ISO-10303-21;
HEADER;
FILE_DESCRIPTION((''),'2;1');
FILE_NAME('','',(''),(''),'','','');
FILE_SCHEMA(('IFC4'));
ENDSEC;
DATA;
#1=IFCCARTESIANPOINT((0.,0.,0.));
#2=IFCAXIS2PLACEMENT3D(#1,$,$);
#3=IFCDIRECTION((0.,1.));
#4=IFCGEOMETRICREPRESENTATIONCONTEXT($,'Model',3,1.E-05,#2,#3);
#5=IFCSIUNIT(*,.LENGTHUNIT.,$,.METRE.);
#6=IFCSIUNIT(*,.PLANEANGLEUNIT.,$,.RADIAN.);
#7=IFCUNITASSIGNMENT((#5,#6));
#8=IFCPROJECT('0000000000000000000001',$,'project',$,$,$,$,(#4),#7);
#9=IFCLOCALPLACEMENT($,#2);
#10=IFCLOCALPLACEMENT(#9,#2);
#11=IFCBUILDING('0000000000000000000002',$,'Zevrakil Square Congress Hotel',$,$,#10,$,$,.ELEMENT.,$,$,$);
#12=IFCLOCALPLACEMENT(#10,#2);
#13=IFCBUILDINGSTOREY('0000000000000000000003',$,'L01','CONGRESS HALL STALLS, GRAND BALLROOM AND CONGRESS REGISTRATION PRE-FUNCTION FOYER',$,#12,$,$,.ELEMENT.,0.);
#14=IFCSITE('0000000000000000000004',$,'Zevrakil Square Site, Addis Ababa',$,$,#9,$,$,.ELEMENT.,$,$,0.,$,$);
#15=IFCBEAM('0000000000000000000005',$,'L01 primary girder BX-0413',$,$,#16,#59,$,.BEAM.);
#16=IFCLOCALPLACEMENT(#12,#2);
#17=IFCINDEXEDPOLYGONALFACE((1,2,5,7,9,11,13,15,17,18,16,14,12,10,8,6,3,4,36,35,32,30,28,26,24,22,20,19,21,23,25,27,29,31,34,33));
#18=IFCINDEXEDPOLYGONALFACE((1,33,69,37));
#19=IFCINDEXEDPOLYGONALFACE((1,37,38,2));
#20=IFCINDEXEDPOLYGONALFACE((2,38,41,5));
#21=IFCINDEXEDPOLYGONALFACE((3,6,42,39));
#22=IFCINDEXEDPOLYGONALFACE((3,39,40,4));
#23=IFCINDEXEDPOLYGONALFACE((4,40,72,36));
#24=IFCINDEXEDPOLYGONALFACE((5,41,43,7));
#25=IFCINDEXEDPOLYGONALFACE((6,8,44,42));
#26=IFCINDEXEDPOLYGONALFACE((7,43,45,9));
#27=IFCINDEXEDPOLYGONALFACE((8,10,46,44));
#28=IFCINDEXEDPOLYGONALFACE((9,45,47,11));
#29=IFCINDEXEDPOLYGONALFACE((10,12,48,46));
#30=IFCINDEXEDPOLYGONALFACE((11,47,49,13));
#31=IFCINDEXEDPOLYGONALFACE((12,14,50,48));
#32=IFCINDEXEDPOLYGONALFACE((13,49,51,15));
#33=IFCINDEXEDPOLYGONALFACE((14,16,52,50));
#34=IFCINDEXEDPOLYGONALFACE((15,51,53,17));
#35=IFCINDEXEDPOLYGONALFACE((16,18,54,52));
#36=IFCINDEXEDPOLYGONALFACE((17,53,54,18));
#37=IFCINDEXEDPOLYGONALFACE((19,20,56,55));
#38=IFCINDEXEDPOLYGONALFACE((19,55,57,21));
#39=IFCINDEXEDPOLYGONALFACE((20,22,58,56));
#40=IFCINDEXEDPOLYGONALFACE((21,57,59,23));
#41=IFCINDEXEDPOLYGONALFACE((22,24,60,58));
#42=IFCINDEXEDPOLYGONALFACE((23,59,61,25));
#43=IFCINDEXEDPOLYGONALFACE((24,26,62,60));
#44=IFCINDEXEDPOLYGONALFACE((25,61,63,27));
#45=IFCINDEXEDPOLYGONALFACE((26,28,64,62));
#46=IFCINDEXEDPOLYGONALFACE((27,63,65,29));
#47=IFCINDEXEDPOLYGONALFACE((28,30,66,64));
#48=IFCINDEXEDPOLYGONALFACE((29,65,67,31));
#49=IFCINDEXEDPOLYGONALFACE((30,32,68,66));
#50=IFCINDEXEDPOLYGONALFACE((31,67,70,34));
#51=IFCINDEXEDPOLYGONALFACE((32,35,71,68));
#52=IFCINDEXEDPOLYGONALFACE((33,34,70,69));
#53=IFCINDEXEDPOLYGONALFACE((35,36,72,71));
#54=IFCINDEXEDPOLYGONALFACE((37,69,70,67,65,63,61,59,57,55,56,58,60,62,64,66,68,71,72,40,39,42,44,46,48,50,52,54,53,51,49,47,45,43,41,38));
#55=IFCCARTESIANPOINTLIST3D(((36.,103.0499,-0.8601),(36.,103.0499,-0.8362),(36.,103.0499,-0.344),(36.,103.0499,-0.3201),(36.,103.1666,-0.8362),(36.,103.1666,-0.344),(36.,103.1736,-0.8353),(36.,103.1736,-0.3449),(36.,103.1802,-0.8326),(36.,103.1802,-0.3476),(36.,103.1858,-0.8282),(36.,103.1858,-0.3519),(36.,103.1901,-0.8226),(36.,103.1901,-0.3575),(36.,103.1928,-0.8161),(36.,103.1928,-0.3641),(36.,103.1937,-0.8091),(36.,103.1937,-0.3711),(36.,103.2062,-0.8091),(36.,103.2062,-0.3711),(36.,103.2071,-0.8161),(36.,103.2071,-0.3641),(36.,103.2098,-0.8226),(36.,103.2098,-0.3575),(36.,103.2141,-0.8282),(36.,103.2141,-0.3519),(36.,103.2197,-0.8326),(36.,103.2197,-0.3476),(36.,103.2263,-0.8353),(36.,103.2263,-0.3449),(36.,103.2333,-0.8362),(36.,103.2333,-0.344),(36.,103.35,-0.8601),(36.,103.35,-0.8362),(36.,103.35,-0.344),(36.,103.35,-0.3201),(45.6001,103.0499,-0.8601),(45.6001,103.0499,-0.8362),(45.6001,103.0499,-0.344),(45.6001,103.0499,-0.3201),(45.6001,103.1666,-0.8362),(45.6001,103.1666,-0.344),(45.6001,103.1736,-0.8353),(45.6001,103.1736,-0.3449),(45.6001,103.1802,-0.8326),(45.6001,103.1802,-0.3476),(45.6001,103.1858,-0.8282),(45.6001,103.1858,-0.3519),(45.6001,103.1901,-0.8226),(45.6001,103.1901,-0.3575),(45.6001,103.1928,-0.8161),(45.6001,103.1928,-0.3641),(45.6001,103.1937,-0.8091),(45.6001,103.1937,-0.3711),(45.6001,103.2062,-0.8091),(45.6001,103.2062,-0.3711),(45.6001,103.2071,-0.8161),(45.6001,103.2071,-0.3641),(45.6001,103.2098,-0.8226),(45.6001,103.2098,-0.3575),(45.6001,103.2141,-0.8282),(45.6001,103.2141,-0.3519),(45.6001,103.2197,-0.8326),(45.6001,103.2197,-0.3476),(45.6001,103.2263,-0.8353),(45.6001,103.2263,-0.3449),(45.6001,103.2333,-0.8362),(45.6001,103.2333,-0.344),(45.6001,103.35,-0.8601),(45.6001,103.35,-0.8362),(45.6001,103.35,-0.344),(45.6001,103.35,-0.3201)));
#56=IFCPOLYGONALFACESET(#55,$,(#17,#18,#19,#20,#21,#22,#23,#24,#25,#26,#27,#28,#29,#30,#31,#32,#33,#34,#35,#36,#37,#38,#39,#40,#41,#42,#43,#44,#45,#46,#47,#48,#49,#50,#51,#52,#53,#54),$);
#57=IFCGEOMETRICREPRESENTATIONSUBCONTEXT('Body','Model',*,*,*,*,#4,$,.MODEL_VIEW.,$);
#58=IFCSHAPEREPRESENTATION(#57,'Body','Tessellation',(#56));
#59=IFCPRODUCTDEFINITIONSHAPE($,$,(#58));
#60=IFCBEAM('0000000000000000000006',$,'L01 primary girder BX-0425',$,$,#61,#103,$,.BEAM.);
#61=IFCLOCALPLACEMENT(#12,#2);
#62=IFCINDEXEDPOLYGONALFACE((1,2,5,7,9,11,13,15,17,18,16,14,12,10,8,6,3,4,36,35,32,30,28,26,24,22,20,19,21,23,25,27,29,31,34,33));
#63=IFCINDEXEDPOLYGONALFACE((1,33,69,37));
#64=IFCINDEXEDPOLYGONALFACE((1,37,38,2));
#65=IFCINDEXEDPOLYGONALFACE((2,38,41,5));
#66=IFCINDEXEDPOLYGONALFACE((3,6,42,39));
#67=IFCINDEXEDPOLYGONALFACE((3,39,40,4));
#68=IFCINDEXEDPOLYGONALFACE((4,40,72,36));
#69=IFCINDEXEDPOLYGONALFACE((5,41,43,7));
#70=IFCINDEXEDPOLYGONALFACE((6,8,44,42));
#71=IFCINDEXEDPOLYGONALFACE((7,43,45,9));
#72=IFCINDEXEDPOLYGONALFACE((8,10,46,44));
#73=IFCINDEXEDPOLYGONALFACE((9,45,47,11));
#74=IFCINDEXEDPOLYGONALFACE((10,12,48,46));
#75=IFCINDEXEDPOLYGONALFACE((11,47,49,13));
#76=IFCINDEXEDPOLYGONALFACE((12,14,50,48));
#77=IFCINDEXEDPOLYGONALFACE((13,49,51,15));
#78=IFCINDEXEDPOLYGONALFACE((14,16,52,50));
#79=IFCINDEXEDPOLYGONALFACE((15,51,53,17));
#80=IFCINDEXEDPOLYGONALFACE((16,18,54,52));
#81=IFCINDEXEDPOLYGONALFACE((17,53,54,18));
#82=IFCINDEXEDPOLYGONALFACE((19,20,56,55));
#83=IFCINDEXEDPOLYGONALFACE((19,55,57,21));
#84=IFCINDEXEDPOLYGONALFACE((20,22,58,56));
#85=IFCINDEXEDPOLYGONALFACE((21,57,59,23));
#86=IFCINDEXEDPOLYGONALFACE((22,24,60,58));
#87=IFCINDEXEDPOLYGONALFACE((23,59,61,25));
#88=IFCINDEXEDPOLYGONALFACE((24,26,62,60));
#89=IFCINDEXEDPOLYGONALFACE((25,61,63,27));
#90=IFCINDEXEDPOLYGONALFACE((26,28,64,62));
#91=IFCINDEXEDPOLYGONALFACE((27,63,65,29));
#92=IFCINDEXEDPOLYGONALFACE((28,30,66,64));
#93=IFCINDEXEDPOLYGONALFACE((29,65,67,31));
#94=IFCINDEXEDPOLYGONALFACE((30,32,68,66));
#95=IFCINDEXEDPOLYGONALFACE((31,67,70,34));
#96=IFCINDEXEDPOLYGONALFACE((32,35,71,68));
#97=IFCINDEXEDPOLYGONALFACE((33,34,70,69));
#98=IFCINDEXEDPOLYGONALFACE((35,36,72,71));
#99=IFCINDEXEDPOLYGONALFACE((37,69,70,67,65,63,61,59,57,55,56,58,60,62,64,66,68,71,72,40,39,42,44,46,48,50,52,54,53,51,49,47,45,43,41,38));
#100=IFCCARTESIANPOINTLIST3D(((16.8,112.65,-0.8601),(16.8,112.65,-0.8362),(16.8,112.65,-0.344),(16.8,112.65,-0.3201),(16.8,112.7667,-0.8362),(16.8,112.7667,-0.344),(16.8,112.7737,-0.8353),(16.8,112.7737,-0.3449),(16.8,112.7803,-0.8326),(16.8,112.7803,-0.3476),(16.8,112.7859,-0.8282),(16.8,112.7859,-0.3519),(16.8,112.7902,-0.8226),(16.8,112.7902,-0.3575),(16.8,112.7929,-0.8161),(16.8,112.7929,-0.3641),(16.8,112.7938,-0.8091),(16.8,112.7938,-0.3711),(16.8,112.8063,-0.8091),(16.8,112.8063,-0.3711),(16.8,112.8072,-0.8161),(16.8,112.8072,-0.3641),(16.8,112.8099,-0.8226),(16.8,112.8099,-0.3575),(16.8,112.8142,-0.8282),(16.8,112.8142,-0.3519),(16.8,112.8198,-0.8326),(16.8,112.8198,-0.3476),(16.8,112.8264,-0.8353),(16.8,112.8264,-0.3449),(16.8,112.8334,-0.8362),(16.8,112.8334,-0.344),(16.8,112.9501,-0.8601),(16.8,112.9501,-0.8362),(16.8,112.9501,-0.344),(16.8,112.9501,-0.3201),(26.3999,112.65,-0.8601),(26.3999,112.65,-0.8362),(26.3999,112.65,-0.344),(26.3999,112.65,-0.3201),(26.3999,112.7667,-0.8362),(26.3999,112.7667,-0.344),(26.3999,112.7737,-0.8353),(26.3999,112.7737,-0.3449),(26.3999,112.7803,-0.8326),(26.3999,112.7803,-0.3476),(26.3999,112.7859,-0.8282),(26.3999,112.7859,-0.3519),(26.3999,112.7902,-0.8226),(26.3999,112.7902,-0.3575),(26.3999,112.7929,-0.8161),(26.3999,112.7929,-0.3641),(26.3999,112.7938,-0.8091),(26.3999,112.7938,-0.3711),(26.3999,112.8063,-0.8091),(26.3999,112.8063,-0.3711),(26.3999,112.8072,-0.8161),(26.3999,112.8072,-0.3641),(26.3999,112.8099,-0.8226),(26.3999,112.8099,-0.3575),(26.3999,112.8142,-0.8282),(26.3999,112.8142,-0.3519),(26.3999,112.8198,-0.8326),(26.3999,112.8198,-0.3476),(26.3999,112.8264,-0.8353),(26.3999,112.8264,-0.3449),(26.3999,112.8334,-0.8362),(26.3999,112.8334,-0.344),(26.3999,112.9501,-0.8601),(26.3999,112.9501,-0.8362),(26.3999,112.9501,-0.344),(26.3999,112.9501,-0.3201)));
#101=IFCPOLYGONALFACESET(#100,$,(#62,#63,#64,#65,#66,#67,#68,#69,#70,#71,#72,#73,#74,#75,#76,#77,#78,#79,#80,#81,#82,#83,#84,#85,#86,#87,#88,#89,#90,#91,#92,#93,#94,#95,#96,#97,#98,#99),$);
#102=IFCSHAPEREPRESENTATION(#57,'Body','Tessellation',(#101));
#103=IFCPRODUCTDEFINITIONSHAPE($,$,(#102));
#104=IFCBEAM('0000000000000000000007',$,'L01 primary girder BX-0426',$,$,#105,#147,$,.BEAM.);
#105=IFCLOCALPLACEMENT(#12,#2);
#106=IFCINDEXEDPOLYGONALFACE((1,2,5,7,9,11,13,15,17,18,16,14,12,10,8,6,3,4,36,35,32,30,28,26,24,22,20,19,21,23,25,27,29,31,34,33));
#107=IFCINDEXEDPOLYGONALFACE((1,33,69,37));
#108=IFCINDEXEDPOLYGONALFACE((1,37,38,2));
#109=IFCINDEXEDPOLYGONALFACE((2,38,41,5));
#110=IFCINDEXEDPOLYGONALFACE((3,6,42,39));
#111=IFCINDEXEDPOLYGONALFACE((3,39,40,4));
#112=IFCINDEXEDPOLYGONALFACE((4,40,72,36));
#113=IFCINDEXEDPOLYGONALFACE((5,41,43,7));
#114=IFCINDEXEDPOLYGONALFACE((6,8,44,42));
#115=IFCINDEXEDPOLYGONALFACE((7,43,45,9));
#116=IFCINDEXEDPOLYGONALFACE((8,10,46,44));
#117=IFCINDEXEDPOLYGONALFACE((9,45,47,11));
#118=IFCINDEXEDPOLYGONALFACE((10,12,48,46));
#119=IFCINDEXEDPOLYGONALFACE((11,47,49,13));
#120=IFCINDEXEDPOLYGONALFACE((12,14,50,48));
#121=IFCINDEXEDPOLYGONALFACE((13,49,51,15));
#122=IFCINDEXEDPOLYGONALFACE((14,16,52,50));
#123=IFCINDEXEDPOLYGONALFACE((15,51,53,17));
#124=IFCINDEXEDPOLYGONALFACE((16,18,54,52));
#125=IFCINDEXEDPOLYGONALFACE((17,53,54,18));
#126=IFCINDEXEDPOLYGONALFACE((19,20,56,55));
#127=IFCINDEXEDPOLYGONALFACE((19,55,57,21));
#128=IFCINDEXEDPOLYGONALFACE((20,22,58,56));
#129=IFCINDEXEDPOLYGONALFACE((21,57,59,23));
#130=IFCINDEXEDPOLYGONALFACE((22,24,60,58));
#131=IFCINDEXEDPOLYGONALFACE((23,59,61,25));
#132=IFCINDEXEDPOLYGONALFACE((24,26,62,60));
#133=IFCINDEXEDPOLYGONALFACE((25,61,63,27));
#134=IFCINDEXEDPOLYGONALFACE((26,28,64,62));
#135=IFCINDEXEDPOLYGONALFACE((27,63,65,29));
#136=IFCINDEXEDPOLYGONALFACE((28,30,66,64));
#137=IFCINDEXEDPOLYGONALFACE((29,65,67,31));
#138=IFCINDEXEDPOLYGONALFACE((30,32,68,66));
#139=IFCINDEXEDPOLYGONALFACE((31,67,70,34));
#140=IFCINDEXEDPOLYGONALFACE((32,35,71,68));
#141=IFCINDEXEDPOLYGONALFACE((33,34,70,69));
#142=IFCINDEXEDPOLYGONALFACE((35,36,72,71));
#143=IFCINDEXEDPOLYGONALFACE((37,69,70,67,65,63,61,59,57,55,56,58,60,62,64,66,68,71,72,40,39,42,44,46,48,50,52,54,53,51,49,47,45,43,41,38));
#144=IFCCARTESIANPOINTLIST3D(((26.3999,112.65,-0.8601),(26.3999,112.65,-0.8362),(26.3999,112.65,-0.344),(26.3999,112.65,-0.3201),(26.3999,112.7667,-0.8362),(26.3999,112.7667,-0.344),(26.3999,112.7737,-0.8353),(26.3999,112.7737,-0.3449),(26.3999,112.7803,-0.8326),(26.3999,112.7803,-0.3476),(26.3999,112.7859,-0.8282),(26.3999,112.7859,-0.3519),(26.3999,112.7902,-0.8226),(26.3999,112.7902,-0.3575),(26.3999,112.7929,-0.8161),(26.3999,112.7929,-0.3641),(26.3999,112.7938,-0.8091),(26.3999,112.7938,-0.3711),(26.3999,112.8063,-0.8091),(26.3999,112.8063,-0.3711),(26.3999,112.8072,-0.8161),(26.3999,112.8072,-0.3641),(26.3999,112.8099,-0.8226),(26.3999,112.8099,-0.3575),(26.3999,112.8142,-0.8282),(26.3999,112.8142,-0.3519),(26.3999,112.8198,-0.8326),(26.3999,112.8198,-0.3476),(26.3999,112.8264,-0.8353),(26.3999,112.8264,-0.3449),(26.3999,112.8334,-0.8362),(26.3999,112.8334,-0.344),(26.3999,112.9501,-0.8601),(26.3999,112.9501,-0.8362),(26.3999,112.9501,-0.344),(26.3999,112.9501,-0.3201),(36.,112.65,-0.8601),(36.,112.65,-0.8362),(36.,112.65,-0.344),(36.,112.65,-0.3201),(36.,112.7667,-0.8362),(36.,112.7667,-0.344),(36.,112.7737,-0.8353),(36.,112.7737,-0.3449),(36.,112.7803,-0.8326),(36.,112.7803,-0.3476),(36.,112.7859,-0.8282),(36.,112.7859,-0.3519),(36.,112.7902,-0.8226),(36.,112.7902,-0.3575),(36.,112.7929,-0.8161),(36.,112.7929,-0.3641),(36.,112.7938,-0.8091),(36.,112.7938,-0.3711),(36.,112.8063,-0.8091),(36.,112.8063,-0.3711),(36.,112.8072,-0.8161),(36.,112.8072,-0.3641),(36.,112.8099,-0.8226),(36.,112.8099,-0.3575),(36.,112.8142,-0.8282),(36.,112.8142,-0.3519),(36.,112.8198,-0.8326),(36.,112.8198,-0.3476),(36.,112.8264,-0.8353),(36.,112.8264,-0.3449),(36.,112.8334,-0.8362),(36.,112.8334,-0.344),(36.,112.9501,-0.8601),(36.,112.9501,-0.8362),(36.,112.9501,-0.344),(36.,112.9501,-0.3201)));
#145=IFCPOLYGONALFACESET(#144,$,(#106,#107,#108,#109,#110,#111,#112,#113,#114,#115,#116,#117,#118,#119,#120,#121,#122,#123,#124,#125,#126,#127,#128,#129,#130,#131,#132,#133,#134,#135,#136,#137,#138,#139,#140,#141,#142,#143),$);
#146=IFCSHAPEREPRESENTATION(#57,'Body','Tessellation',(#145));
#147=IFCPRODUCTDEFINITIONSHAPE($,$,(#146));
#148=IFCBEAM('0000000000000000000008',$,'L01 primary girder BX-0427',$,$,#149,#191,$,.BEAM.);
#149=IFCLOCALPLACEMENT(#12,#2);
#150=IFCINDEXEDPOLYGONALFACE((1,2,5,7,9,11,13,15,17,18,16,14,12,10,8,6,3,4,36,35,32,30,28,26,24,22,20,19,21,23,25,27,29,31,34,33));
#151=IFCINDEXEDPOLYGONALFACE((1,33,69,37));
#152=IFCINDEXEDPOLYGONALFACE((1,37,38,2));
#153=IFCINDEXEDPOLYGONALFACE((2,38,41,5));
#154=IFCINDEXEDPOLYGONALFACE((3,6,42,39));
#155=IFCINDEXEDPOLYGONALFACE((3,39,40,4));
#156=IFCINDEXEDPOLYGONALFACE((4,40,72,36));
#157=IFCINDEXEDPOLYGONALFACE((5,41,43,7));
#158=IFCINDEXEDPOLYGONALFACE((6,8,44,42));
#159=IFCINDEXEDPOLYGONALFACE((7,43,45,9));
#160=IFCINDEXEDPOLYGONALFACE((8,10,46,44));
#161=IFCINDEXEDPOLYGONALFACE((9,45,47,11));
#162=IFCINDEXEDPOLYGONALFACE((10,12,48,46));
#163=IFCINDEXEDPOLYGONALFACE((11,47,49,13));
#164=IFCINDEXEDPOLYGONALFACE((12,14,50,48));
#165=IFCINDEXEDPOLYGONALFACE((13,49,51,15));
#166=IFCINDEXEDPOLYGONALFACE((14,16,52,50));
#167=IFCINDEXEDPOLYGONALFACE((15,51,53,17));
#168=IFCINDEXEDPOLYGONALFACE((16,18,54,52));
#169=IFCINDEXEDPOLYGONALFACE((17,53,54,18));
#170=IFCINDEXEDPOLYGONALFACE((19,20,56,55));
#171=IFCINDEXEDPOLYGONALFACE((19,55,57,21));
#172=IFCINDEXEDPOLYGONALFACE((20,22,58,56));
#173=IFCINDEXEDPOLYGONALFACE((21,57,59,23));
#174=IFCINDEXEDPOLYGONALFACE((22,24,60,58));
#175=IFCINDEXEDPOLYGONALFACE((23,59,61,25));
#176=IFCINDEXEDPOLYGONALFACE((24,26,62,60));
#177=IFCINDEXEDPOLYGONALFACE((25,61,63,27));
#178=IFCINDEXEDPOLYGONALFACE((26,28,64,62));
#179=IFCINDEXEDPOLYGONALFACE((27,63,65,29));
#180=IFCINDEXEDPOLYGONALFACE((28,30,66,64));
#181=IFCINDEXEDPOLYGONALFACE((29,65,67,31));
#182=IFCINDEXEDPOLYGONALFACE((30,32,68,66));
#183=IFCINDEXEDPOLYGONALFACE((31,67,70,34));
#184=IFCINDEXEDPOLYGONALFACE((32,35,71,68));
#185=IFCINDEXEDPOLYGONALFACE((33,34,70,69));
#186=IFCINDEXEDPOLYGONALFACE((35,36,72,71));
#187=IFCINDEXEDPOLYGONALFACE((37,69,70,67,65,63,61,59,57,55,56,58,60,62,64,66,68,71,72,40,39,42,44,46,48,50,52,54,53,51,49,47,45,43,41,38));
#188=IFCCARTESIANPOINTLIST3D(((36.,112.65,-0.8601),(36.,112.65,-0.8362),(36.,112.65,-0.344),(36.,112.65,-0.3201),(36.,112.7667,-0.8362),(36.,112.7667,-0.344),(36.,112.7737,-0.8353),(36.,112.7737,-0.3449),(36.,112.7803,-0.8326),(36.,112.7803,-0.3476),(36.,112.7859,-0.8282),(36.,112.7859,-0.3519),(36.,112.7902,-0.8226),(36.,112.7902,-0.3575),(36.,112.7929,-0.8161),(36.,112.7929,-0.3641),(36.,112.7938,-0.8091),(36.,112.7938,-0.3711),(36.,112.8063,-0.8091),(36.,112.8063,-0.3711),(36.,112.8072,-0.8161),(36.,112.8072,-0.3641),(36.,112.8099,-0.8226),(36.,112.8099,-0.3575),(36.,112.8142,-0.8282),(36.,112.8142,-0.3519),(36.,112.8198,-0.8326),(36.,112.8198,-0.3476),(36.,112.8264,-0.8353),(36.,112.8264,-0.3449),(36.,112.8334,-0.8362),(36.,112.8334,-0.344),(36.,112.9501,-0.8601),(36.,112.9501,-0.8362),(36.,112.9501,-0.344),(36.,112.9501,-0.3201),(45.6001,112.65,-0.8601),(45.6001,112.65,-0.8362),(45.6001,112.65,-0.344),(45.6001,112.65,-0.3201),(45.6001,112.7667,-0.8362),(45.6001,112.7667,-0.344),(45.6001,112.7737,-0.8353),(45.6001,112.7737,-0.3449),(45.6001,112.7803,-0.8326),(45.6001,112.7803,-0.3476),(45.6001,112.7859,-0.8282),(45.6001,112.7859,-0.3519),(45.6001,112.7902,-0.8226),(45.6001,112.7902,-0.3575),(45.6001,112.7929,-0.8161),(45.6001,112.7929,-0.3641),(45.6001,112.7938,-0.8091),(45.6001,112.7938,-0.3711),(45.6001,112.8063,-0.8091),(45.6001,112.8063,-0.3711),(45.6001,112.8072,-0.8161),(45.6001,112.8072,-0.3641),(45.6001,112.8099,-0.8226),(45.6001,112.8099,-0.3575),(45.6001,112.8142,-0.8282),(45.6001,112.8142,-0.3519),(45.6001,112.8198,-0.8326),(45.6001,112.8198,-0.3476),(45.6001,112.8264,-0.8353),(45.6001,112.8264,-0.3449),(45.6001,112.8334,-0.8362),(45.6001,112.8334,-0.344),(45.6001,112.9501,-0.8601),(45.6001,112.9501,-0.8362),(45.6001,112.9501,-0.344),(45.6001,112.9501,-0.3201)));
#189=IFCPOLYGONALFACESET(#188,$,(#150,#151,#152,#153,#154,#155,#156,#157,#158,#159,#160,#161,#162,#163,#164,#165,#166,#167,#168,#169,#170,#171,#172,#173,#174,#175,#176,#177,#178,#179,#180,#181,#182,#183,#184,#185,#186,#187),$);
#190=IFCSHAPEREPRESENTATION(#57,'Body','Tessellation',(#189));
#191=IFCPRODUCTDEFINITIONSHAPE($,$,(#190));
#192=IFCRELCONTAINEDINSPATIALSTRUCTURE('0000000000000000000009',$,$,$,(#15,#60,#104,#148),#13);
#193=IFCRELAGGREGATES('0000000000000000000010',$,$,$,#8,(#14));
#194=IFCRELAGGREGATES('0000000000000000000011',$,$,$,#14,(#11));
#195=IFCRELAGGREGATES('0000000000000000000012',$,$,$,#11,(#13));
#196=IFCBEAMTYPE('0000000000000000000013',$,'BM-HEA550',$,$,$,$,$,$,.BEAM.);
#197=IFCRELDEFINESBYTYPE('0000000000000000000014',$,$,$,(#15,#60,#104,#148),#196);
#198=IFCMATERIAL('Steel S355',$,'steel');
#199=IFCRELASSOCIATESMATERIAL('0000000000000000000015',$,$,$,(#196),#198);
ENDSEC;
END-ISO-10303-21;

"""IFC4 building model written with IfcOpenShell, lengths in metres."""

from ifc_helpers import new_model, si_unit, direction, frame, origin, origin_2d, place, context, subcontext, project, spatial, i_section, extrude, material, material_profile, profile_set, type_object, element, save


model = new_model("IFC4")

# Units and contexts
model_context = context("Model", 3, precision=1e-05, world=origin(), true_north=direction((0.0, 1.0)))
body_context = subcontext(model_context, "Body", "Model", "MODEL_VIEW")
ifc_project = project(units=[si_unit("LENGTHUNIT", "METRE"), si_unit("PLANEANGLEUNIT", "RADIAN")], contexts=[model_context])

# Site, building, storey
site_placement = place(None, origin())
site = spatial("IfcSite", under=ifc_project, at=site_placement, Name="Zevrakil Square Site, Addis Ababa", CompositionType="ELEMENT", RefElevation=0.0)
building_placement = place(site_placement, origin())
building = spatial("IfcBuilding", under=site, at=building_placement, Name="Zevrakil Square Congress Hotel", CompositionType="ELEMENT")
storey_placement = place(building_placement, origin())
storey = spatial("IfcBuildingStorey", under=building, at=storey_placement, Name="L01", Description="CONGRESS HALL STALLS, GRAND BALLROOM AND CONGRESS REGISTRATION PRE-FUNCTION FOYER", CompositionType="ELEMENT", Elevation=0.0)

# Beams
ifc_material_1 = material(Name="Steel S355", Category="steel")
ifc_material_profile_1 = material_profile(ifc_material_1, i_section(OverallWidth=0.3, OverallDepth=0.54, WebThickness=0.0125, FlangeThickness=0.0239, FilletRadius=0.0271, at=origin_2d()), Name="HEA 550")
ifc_profile_set_1 = profile_set([ifc_material_profile_1], Name="Steel S355")
beam_type_1 = type_object("IfcBeamType", Name="BM-HEA550", PredefinedType="BEAM", material=ifc_profile_set_1)
for number, where, z_axis, x_axis, name in (
    (1, (36.0, 103.2, -0.5901), (1.0, 0.0, 0.0), (0.0, 1.0, 0.0), "L01 primary girder BX-0413"),
):
    element("IfcBeam", number, at=place(storey_placement, frame(where, z_axis=z_axis, x_axis=x_axis)), inside=storey, type_object=beam_type_1, Name=name, PredefinedType="BEAM", context=body_context, shape_type="SweptSolid", body=[
        extrude(i_section(OverallWidth=0.3, OverallDepth=0.54, WebThickness=0.0125, FlangeThickness=0.0239, FilletRadius=0.0271, at=origin_2d()), origin(), (0.0, 0.0, 1.0), 9.6001),
    ])
beam_1_placement = place(storey_placement, frame((16.8, 112.8, -0.5901), z_axis=(1.0, 0.0, 0.0), x_axis=(0.0, 1.0, 0.0)))
element("IfcBeam", 2, at=beam_1_placement, inside=storey, type_object=beam_type_1, Name="L01 primary girder BX-0425", PredefinedType="BEAM", context=body_context, shape_type="SweptSolid", body=[
    extrude(i_section(OverallWidth=0.3, OverallDepth=0.54, WebThickness=0.0125, FlangeThickness=0.0239, FilletRadius=0.0271, at=origin_2d()), origin(), (0.0, 0.0, 1.0), 9.5999),
])
for number, where, z_axis, x_axis, name in (
    (3, (26.3999, 112.8, -0.5901), (1.0, 0.0, 0.0), (0.0, 1.0, 0.0), "L01 primary girder BX-0426"),
    (4, (36.0, 112.8, -0.5901), (1.0, 0.0, 0.0), (0.0, 1.0, 0.0), "L01 primary girder BX-0427"),
):
    element("IfcBeam", number, at=place(storey_placement, frame(where, z_axis=z_axis, x_axis=x_axis)), inside=storey, type_object=beam_type_1, Name=name, PredefinedType="BEAM", context=body_context, shape_type="SweptSolid", body=[
        extrude(i_section(OverallWidth=0.3, OverallDepth=0.54, WebThickness=0.0125, FlangeThickness=0.0239, FilletRadius=0.0271, at=origin_2d()), origin(), (0.0, 0.0, 1.0), 9.6001),
    ])

save(model, "model.ifc")
